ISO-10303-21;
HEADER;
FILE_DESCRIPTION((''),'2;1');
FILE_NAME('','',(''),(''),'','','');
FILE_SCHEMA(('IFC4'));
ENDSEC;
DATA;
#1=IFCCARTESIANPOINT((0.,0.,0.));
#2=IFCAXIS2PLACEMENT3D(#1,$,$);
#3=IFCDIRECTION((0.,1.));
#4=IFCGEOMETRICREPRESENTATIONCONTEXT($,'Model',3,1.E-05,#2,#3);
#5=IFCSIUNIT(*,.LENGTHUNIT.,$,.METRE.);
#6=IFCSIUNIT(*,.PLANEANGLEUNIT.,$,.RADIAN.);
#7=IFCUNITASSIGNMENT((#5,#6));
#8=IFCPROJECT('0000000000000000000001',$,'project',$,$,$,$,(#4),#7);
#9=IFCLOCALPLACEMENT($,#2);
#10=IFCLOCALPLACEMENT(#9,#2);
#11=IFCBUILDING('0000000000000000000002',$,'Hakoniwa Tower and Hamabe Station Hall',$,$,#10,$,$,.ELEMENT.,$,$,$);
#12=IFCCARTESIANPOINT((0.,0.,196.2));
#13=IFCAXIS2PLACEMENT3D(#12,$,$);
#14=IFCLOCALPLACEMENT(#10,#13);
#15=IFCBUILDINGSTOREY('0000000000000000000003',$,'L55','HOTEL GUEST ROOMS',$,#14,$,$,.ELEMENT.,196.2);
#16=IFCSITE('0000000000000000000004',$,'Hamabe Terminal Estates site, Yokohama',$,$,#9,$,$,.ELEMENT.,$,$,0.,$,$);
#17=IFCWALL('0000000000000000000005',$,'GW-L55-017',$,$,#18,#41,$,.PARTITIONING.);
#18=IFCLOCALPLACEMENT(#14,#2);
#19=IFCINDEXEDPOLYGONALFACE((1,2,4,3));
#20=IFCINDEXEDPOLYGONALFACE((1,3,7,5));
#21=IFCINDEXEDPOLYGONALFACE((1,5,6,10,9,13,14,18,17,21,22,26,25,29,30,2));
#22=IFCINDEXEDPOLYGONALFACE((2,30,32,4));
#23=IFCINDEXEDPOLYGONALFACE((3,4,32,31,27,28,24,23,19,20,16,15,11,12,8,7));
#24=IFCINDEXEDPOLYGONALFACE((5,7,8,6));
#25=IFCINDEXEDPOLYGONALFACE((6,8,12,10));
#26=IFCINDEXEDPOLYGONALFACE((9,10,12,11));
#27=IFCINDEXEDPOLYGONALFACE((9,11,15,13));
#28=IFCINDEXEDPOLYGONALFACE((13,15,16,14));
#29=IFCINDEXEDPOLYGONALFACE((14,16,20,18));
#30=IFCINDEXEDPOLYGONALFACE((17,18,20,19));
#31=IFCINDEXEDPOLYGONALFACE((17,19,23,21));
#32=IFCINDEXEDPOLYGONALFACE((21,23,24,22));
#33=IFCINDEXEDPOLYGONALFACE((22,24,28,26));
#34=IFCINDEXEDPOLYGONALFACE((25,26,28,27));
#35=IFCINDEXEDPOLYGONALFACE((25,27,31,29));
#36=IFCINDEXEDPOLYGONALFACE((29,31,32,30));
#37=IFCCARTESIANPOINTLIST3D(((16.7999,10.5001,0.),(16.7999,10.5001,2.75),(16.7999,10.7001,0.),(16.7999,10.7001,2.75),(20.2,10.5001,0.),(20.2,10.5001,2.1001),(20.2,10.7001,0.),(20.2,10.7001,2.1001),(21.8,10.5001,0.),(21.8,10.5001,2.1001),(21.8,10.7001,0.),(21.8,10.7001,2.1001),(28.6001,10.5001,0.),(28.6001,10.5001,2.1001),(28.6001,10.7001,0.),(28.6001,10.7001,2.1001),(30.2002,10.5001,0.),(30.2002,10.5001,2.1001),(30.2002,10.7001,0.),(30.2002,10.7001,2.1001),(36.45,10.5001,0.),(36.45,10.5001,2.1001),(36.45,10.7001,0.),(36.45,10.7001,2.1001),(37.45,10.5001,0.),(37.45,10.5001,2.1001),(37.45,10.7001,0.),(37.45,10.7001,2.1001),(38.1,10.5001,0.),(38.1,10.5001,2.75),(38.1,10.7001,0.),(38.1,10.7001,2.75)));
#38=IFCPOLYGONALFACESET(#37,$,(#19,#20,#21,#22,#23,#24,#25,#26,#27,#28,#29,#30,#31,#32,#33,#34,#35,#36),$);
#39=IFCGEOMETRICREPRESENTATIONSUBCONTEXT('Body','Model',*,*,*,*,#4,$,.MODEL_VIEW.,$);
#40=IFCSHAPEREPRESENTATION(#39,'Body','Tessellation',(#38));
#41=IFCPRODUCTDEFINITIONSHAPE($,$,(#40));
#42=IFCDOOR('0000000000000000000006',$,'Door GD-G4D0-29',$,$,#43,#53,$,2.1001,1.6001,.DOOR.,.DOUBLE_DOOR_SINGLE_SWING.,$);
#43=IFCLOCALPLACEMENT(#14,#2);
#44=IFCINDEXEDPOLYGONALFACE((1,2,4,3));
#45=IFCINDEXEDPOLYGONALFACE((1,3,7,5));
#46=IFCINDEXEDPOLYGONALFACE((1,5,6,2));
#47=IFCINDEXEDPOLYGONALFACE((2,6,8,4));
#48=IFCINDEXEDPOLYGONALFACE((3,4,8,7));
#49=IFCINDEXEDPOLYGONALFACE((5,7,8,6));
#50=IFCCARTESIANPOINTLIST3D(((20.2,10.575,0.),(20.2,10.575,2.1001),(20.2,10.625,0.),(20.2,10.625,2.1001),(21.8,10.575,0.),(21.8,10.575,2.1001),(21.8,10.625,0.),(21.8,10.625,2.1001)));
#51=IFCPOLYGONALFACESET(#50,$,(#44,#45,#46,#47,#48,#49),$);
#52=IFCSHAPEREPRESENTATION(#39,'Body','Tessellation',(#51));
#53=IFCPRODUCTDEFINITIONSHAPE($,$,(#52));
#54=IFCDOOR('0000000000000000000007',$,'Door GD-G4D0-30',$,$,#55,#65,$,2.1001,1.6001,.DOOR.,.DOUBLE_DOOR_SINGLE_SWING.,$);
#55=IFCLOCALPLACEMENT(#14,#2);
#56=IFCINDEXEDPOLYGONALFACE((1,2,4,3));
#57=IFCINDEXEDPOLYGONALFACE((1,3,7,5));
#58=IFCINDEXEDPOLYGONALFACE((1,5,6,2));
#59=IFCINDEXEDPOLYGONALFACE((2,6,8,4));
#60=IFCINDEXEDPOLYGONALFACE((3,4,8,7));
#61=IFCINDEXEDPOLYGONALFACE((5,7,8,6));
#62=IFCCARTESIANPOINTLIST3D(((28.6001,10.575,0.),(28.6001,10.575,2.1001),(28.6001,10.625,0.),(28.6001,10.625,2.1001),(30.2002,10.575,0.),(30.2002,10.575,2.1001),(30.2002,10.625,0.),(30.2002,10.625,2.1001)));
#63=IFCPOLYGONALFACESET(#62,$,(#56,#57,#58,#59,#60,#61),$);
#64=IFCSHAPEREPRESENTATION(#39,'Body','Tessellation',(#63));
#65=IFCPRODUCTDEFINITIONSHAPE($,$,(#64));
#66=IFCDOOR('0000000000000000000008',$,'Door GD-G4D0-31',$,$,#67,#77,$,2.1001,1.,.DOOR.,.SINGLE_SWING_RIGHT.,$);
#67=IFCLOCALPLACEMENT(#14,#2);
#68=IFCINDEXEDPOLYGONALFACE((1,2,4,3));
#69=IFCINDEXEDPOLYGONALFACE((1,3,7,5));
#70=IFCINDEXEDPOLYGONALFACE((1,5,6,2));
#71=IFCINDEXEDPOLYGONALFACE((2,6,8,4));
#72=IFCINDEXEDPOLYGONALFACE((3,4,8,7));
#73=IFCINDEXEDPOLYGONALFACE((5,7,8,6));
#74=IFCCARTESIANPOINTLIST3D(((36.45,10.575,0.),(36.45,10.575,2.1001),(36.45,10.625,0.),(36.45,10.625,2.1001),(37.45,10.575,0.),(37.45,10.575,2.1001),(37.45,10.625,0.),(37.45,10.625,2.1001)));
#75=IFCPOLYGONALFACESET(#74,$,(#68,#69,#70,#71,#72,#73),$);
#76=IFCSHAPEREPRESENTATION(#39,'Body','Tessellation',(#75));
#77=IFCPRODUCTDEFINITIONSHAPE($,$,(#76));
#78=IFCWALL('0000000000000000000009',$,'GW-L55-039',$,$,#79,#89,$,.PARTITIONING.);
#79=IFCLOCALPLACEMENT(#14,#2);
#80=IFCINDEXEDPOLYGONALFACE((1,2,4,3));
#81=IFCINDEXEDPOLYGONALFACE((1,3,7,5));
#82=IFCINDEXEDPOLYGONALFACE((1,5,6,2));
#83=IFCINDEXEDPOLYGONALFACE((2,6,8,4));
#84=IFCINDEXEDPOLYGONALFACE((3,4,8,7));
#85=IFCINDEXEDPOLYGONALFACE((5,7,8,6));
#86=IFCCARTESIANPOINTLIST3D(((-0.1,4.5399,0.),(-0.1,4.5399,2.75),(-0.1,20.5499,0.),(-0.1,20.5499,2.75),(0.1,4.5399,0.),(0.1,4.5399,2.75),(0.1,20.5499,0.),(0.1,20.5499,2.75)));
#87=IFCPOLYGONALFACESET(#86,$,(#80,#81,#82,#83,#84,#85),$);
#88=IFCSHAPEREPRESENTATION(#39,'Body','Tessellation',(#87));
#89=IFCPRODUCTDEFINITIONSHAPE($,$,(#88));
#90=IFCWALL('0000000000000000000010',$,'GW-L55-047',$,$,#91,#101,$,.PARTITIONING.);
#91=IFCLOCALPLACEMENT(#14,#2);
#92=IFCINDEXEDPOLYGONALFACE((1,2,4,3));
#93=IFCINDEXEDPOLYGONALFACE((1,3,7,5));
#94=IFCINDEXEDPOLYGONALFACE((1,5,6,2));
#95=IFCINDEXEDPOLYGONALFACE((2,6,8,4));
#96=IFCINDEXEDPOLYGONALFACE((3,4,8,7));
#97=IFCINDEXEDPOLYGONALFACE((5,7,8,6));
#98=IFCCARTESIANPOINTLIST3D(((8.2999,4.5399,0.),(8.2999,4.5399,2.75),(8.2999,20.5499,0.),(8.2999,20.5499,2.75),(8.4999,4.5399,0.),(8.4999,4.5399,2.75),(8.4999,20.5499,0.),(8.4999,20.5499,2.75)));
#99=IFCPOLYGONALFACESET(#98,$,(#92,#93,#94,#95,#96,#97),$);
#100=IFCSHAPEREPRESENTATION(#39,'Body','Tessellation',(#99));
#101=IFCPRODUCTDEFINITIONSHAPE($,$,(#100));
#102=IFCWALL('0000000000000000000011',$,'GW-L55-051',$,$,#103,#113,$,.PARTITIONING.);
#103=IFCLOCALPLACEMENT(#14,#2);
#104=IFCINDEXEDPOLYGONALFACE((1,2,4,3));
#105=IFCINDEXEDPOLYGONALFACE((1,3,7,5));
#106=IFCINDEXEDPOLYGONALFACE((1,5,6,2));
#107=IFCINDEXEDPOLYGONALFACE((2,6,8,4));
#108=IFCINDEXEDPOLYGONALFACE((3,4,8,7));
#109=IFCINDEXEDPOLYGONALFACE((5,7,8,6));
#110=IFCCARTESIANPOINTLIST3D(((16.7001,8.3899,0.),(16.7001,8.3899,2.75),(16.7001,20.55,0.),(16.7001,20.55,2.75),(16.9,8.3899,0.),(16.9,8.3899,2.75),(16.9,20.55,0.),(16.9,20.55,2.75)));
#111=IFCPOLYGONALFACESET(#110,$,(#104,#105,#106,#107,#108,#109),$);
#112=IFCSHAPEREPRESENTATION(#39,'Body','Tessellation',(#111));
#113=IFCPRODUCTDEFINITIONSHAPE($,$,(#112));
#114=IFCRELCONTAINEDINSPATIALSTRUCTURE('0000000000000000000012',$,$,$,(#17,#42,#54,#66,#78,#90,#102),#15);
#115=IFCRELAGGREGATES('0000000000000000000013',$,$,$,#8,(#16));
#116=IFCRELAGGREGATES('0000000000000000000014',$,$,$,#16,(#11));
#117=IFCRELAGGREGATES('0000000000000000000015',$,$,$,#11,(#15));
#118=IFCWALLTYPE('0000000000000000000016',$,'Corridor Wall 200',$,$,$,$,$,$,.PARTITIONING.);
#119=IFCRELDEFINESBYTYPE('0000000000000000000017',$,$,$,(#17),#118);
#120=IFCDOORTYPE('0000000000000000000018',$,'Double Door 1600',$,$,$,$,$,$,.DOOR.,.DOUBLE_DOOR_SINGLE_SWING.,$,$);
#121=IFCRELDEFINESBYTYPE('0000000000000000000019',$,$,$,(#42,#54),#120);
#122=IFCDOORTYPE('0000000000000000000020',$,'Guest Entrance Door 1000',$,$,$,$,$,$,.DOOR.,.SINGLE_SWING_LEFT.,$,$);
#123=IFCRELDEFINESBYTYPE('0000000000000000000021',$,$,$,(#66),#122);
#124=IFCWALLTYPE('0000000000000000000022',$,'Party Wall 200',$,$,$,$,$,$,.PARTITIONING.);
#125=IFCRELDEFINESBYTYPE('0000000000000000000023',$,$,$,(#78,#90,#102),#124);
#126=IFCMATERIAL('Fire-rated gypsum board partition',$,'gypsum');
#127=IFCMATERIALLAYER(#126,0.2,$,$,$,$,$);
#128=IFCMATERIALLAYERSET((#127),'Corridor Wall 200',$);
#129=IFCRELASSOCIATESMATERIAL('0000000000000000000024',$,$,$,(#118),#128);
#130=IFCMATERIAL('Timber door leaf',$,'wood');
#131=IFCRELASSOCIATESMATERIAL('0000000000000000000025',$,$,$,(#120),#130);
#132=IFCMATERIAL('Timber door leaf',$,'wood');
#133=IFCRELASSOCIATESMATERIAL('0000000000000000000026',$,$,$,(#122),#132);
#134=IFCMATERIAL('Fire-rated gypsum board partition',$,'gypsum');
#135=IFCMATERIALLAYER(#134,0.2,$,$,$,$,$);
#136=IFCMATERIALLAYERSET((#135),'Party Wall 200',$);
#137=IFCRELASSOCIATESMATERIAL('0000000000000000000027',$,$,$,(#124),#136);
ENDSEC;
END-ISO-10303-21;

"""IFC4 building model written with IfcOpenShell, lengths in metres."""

from ifc_helpers import new_model, si_unit, direction, frame, frame_2d, origin, place, context, subcontext, project, spatial, rectangle, extrude, material, layer, layer_set, type_object, element, fill, save


model = new_model("IFC4")

# Units and contexts
model_context = context("Model", 3, precision=1e-05, world=origin(), true_north=direction((0.0, 1.0)))
body_context = subcontext(model_context, "Body", "Model", "MODEL_VIEW")
ifc_project = project(units=[si_unit("LENGTHUNIT", "METRE"), si_unit("PLANEANGLEUNIT", "RADIAN")], contexts=[model_context])

# Site, building, storey
site_placement = place(None, origin())
site = spatial("IfcSite", under=ifc_project, at=site_placement, Name="Hamabe Terminal Estates site, Yokohama", CompositionType="ELEMENT", RefElevation=0.0)
building_placement = place(site_placement, origin())
building = spatial("IfcBuilding", under=site, at=building_placement, Name="Hakoniwa Tower and Hamabe Station Hall", CompositionType="ELEMENT")
storey_placement = place(building_placement, frame((0.0, 0.0, 196.2)))
storey = spatial("IfcBuildingStorey", under=building, at=storey_placement, Name="L55", Description="HOTEL GUEST ROOMS", CompositionType="ELEMENT", Elevation=196.2)

# Wall, openings, doors
ifc_material_1 = material(Name="Fire-rated gypsum board partition", Category="gypsum")
ifc_layer_1 = layer(ifc_material_1, 0.2)
ifc_layer_set_1 = layer_set([ifc_layer_1], Name="Corridor Wall 200")
wall_type_1 = type_object("IfcWallType", Name="Corridor Wall 200", PredefinedType="PARTITIONING", material=ifc_layer_set_1)
wall_1_placement = place(storey_placement, frame((16.8, 10.6001, 0.0), z_axis=(0.0, 0.0, 1.0), x_axis=(1.0, 0.0, 0.0)))
wall_1 = element("IfcWall", 1, at=wall_1_placement, inside=storey, type_object=wall_type_1, Name="GW-L55-017", PredefinedType="PARTITIONING", context=body_context, shape_type="SweptSolid", body=[
    extrude(rectangle(XDim=21.3, YDim=0.2, at=frame_2d((10.6499, 0.0))), origin(), (0.0, 0.0, 1.0), 2.75),
])
opening_1_placement = place(wall_1_placement, frame((3.3999, 0.0, 0.0)))
opening_1 = element("IfcOpeningElement", 2, at=opening_1_placement, cuts=wall_1, PredefinedType="OPENING", context=body_context, shape_type="SweptSolid", body=[
    extrude(rectangle(XDim=1.6001, YDim=2.1001, at=frame_2d((0.8, 1.05))), frame((0.0, 0.1099, 0.0), z_axis=(0.0, -1.0, 0.0), x_axis=(1.0, 0.0, 0.0)), (0.0, 0.0, 1.0), 0.22),
])
opening_2_placement = place(wall_1_placement, frame((11.8, 0.0, 0.0)))
opening_2 = element("IfcOpeningElement", 3, at=opening_2_placement, cuts=wall_1, PredefinedType="OPENING", context=body_context, shape_type="SweptSolid", body=[
    extrude(rectangle(XDim=1.6001, YDim=2.1001, at=frame_2d((0.8, 1.05))), frame((0.0, 0.1099, 0.0), z_axis=(0.0, -1.0, 0.0), x_axis=(1.0, 0.0, 0.0)), (0.0, 0.0, 1.0), 0.22),
])
opening_3_placement = place(wall_1_placement, frame((19.6499, 0.0, 0.0)))
opening_3 = element("IfcOpeningElement", 4, at=opening_3_placement, cuts=wall_1, PredefinedType="OPENING", context=body_context, shape_type="SweptSolid", body=[
    extrude(rectangle(XDim=1.0, YDim=2.1001, at=frame_2d((0.5, 1.05))), frame((0.0, 0.1099, 0.0), z_axis=(0.0, -1.0, 0.0), x_axis=(1.0, 0.0, 0.0)), (0.0, 0.0, 1.0), 0.22),
])
ifc_material_2 = material(Name="Timber door leaf", Category="wood")
door_type_1 = type_object("IfcDoorType", Name="Double Door 1600", OperationType="DOUBLE_DOOR_SINGLE_SWING", PredefinedType="DOOR", material=ifc_material_2)
door_1_placement = place(opening_1_placement, origin())
door_1 = element("IfcDoor", 5, at=door_1_placement, inside=storey, type_object=door_type_1, Name="Door GD-G4D0-29", OperationType="DOUBLE_DOOR_SINGLE_SWING", OverallHeight=2.1001, OverallWidth=1.6001, PredefinedType="DOOR", context=body_context, shape_type="SweptSolid", body=[
    extrude(rectangle(XDim=1.6001, YDim=2.1001, at=frame_2d((0.8, 1.05))), frame((0.0, 0.0249, 0.0), z_axis=(0.0, -1.0, 0.0), x_axis=(1.0, 0.0, 0.0)), (0.0, 0.0, 1.0), 0.05),
])
fill(opening_1, door_1)
door_2_placement = place(opening_2_placement, origin())
door_2 = element("IfcDoor", 6, at=door_2_placement, inside=storey, type_object=door_type_1, Name="Door GD-G4D0-30", OperationType="DOUBLE_DOOR_SINGLE_SWING", OverallHeight=2.1001, OverallWidth=1.6001, PredefinedType="DOOR", context=body_context, shape_type="SweptSolid", body=[
    extrude(rectangle(XDim=1.6001, YDim=2.1001, at=frame_2d((0.8, 1.05))), frame((0.0, 0.0249, 0.0), z_axis=(0.0, -1.0, 0.0), x_axis=(1.0, 0.0, 0.0)), (0.0, 0.0, 1.0), 0.05),
])
fill(opening_2, door_2)
ifc_material_3 = material(Name="Timber door leaf", Category="wood")
door_type_2 = type_object("IfcDoorType", Name="Guest Entrance Door 1000", OperationType="SINGLE_SWING_LEFT", PredefinedType="DOOR", material=ifc_material_3)
door_3_placement = place(opening_3_placement, origin())
door_3 = element("IfcDoor", 7, at=door_3_placement, inside=storey, type_object=door_type_2, Name="Door GD-G4D0-31", OperationType="SINGLE_SWING_RIGHT", OverallHeight=2.1001, OverallWidth=1.0, PredefinedType="DOOR", context=body_context, shape_type="SweptSolid", body=[
    extrude(rectangle(XDim=1.0, YDim=2.1001, at=frame_2d((0.5, 1.05))), frame((0.0, 0.0249, 0.0), z_axis=(0.0, -1.0, 0.0), x_axis=(1.0, 0.0, 0.0)), (0.0, 0.0, 1.0), 0.05),
])
fill(opening_3, door_3)

# Walls
ifc_material_4 = material(Name="Fire-rated gypsum board partition", Category="gypsum")
ifc_layer_2 = layer(ifc_material_4, 0.2)
ifc_layer_set_2 = layer_set([ifc_layer_2], Name="Party Wall 200")
wall_type_2 = type_object("IfcWallType", Name="Party Wall 200", PredefinedType="PARTITIONING", material=ifc_layer_set_2)
for number, where, z_axis, x_axis, name in (
    (8, (0.0, 4.54, 0.0), (0.0, 0.0, 1.0), (0.0, 1.0, 0.0), "GW-L55-039"),
    (9, (8.3999, 4.54, 0.0), (0.0, 0.0, 1.0), (0.0, 1.0, 0.0), "GW-L55-047"),
):
    element("IfcWall", number, at=place(storey_placement, frame(where, z_axis=z_axis, x_axis=x_axis)), inside=storey, type_object=wall_type_2, Name=name, PredefinedType="PARTITIONING", context=body_context, shape_type="SweptSolid", body=[
        extrude(rectangle(XDim=16.01, YDim=0.2, at=frame_2d((8.0049, 0.0))), origin(), (0.0, 0.0, 1.0), 2.75),
    ])
wall_2_placement = place(storey_placement, frame((16.8, 8.3899, 0.0), z_axis=(0.0, 0.0, 1.0), x_axis=(0.0, 1.0, 0.0)))
element("IfcWall", 10, at=wall_2_placement, inside=storey, type_object=wall_type_2, Name="GW-L55-051", PredefinedType="PARTITIONING", context=body_context, shape_type="SweptSolid", body=[
    extrude(rectangle(XDim=12.1602, YDim=0.2, at=frame_2d((6.0801, 0.0))), origin(), (0.0, 0.0, 1.0), 2.75),
])

save(model, "model.ifc")
